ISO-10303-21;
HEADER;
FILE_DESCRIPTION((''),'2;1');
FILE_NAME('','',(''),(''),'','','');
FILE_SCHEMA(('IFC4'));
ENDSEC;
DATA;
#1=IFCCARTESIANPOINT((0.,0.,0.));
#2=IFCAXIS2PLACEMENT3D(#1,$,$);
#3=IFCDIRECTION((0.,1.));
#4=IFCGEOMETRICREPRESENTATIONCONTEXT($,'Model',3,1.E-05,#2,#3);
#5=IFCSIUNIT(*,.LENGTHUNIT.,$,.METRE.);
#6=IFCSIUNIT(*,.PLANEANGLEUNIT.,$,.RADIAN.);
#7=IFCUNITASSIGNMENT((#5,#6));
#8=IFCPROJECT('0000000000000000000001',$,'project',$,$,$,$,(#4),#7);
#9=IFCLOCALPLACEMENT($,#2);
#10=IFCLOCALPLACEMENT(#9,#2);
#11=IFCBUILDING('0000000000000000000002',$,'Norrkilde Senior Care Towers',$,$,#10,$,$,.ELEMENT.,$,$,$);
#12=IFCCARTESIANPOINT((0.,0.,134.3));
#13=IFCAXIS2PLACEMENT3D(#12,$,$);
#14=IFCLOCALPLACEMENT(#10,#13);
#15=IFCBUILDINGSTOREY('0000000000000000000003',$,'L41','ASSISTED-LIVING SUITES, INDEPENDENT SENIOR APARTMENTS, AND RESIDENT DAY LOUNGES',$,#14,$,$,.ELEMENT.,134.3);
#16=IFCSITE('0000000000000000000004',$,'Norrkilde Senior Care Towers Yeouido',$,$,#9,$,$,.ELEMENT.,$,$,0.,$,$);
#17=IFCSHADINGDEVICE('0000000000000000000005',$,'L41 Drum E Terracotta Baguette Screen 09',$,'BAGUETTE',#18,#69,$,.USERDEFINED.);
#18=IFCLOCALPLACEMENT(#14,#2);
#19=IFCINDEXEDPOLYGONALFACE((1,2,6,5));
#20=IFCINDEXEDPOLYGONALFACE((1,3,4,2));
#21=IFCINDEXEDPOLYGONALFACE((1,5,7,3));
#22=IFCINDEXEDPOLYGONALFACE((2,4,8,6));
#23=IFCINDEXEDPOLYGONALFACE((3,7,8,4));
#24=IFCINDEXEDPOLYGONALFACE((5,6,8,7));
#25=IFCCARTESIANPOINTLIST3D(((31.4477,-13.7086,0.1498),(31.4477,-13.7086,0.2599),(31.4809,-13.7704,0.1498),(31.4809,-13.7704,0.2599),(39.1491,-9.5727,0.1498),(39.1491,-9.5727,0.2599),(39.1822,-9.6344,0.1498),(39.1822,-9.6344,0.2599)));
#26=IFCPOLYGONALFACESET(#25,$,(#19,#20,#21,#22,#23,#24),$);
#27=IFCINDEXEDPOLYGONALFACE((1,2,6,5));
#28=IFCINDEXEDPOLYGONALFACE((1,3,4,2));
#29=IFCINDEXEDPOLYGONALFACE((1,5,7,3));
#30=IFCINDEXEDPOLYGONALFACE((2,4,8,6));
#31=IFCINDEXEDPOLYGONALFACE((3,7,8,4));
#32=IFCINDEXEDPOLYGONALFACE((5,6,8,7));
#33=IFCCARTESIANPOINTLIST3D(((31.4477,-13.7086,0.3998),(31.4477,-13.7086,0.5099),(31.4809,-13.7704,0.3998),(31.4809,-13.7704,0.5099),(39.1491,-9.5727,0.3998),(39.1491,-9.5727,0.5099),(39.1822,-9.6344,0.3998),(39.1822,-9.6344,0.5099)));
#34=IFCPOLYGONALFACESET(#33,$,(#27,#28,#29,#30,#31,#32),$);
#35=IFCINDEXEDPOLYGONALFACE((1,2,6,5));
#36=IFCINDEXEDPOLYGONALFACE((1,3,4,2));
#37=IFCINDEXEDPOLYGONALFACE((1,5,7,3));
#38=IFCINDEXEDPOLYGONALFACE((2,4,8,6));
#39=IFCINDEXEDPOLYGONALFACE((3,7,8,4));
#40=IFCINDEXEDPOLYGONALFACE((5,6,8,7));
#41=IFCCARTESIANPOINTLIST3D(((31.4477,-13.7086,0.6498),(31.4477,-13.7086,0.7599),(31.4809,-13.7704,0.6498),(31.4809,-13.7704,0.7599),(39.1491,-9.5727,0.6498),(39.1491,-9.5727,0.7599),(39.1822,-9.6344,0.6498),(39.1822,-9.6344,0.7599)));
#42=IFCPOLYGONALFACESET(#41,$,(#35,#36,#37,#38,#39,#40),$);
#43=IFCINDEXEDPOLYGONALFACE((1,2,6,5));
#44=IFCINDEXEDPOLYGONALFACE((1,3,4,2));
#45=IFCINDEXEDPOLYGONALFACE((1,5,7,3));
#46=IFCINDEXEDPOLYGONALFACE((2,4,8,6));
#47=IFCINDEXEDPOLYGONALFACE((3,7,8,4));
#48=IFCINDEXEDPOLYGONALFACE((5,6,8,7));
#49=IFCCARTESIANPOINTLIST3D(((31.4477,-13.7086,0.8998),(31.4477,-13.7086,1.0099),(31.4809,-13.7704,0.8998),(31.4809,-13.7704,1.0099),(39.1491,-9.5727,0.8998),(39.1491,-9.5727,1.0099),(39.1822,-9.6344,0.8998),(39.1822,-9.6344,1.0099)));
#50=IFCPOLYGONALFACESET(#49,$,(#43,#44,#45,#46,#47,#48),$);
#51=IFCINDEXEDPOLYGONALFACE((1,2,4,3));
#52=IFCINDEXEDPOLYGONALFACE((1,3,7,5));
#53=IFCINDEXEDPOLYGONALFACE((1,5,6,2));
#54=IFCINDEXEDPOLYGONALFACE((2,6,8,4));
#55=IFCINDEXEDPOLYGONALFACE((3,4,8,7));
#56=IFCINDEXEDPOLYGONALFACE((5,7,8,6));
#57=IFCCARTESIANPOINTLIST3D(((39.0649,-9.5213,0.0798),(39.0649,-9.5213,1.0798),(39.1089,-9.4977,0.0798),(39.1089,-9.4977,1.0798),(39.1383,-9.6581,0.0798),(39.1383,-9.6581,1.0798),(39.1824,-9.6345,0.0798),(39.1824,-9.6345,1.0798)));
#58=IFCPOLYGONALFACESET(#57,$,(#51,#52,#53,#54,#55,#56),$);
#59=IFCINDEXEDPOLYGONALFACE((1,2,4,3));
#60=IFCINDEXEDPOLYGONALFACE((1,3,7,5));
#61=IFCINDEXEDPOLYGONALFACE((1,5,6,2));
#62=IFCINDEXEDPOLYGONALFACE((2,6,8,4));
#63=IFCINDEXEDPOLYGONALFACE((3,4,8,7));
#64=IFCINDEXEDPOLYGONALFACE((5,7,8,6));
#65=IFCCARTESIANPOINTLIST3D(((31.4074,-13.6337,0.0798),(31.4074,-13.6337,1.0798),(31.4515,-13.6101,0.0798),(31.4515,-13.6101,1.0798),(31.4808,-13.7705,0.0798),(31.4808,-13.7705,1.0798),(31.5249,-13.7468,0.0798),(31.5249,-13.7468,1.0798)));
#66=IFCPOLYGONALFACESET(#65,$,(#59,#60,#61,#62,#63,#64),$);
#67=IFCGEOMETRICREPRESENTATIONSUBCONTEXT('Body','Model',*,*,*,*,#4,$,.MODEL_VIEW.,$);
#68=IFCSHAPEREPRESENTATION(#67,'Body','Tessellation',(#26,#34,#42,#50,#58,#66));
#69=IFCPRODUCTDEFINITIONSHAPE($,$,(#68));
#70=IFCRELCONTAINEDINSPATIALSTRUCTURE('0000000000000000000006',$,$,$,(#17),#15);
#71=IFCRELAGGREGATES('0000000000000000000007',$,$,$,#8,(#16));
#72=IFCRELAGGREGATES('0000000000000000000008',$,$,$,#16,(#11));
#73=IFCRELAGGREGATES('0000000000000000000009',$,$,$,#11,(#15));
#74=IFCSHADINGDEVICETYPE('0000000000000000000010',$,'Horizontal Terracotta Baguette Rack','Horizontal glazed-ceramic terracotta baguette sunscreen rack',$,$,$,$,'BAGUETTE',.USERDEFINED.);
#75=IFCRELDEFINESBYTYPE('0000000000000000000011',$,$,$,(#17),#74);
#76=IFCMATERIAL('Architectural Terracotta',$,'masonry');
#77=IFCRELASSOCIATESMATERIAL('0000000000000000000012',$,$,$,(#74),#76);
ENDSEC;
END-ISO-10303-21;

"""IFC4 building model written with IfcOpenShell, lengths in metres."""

from ifc_helpers import new_model, si_unit, direction, frame, origin, origin_2d, place, context, subcontext, project, spatial, rectangle, extrude, source, transform, mapped, material, type_object, type_shapes, element, save


model = new_model("IFC4")

# Units and contexts
model_context = context("Model", 3, precision=1e-05, world=origin(), true_north=direction((0.0, 1.0)))
body_context = subcontext(model_context, "Body", "Model", "MODEL_VIEW")
ifc_project = project(units=[si_unit("LENGTHUNIT", "METRE"), si_unit("PLANEANGLEUNIT", "RADIAN")], contexts=[model_context])

# Site, building, storey
site_placement = place(None, origin())
site = spatial("IfcSite", under=ifc_project, at=site_placement, Name="Norrkilde Senior Care Towers Yeouido", CompositionType="ELEMENT", RefElevation=0.0)
building_placement = place(site_placement, origin())
building = spatial("IfcBuilding", under=site, at=building_placement, Name="Norrkilde Senior Care Towers", CompositionType="ELEMENT")
storey_placement = place(building_placement, frame((0.0, 0.0, 134.3)))
storey = spatial("IfcBuildingStorey", under=building, at=storey_placement, Name="L41", Description="ASSISTED-LIVING SUITES, INDEPENDENT SENIOR APARTMENTS, AND RESIDENT DAY LOUNGES", CompositionType="ELEMENT", Elevation=134.3)

# Shading device
ifc_material_1 = material(Name="Architectural Terracotta", Category="masonry")
shading_device_type = type_object("IfcShadingDeviceType", Name="Horizontal Terracotta Baguette Rack", Description="Horizontal glazed-ceramic terracotta baguette sunscreen rack", ElementType="BAGUETTE", PredefinedType="USERDEFINED", material=ifc_material_1)
shared_shape_1 = source(origin(), body_context, "Body", "SweptSolid", [
    extrude(rectangle(XDim=0.0701, YDim=0.1101, at=origin_2d()), frame((0.0, 0.0901, 0.125), z_axis=(1.0, 0.0, 0.0), x_axis=(0.0, 1.0, 0.0)), (0.0, 0.0, 1.0), 8.7417),
    extrude(rectangle(XDim=0.0701, YDim=0.1101, at=origin_2d()), frame((0.0, 0.0901, 0.375), z_axis=(1.0, 0.0, 0.0), x_axis=(0.0, 1.0, 0.0)), (0.0, 0.0, 1.0), 8.7417),
    extrude(rectangle(XDim=0.0701, YDim=0.1101, at=origin_2d()), frame((0.0, 0.0901, 0.625), z_axis=(1.0, 0.0, 0.0), x_axis=(0.0, 1.0, 0.0)), (0.0, 0.0, 1.0), 8.7417),
    extrude(rectangle(XDim=0.0701, YDim=0.1101, at=origin_2d()), frame((0.0, 0.0901, 0.875), z_axis=(1.0, 0.0, 0.0), x_axis=(0.0, 1.0, 0.0)), (0.0, 0.0, 1.0), 8.7417),
    extrude(rectangle(XDim=0.05, YDim=0.1553, at=origin_2d()), frame((0.0249, 0.0476, 0.0)), (0.0, 0.0, 1.0), 1.0),
    extrude(rectangle(XDim=0.05, YDim=0.1553, at=origin_2d()), frame((8.7168, 0.0476, 0.0)), (0.0, 0.0, 1.0), 1.0),
])
type_shapes(shading_device_type, [shared_shape_1])
shading_device_placement = place(storey_placement, frame((39.123, -9.5242, 0.0798), z_axis=(0.0, 0.0, 1.0), x_axis=(-0.880998, -0.473133, 0.0)))
element("IfcShadingDevice", 1, at=shading_device_placement, inside=storey, type_object=shading_device_type, Name="L41 Drum E Terracotta Baguette Screen 09", ObjectType="BAGUETTE", PredefinedType="USERDEFINED", context=body_context, shape_type="MappedRepresentation", body=[
    mapped(shared_shape_1, transform((0.0, 0.0, 0.0), x_axis=(1.0, 0.0, 0.0), y_axis=(0.0, 1.0, 0.0), z_axis=(0.0, 0.0, 1.0), scale=1.0)),
])

save(model, "model.ifc")
